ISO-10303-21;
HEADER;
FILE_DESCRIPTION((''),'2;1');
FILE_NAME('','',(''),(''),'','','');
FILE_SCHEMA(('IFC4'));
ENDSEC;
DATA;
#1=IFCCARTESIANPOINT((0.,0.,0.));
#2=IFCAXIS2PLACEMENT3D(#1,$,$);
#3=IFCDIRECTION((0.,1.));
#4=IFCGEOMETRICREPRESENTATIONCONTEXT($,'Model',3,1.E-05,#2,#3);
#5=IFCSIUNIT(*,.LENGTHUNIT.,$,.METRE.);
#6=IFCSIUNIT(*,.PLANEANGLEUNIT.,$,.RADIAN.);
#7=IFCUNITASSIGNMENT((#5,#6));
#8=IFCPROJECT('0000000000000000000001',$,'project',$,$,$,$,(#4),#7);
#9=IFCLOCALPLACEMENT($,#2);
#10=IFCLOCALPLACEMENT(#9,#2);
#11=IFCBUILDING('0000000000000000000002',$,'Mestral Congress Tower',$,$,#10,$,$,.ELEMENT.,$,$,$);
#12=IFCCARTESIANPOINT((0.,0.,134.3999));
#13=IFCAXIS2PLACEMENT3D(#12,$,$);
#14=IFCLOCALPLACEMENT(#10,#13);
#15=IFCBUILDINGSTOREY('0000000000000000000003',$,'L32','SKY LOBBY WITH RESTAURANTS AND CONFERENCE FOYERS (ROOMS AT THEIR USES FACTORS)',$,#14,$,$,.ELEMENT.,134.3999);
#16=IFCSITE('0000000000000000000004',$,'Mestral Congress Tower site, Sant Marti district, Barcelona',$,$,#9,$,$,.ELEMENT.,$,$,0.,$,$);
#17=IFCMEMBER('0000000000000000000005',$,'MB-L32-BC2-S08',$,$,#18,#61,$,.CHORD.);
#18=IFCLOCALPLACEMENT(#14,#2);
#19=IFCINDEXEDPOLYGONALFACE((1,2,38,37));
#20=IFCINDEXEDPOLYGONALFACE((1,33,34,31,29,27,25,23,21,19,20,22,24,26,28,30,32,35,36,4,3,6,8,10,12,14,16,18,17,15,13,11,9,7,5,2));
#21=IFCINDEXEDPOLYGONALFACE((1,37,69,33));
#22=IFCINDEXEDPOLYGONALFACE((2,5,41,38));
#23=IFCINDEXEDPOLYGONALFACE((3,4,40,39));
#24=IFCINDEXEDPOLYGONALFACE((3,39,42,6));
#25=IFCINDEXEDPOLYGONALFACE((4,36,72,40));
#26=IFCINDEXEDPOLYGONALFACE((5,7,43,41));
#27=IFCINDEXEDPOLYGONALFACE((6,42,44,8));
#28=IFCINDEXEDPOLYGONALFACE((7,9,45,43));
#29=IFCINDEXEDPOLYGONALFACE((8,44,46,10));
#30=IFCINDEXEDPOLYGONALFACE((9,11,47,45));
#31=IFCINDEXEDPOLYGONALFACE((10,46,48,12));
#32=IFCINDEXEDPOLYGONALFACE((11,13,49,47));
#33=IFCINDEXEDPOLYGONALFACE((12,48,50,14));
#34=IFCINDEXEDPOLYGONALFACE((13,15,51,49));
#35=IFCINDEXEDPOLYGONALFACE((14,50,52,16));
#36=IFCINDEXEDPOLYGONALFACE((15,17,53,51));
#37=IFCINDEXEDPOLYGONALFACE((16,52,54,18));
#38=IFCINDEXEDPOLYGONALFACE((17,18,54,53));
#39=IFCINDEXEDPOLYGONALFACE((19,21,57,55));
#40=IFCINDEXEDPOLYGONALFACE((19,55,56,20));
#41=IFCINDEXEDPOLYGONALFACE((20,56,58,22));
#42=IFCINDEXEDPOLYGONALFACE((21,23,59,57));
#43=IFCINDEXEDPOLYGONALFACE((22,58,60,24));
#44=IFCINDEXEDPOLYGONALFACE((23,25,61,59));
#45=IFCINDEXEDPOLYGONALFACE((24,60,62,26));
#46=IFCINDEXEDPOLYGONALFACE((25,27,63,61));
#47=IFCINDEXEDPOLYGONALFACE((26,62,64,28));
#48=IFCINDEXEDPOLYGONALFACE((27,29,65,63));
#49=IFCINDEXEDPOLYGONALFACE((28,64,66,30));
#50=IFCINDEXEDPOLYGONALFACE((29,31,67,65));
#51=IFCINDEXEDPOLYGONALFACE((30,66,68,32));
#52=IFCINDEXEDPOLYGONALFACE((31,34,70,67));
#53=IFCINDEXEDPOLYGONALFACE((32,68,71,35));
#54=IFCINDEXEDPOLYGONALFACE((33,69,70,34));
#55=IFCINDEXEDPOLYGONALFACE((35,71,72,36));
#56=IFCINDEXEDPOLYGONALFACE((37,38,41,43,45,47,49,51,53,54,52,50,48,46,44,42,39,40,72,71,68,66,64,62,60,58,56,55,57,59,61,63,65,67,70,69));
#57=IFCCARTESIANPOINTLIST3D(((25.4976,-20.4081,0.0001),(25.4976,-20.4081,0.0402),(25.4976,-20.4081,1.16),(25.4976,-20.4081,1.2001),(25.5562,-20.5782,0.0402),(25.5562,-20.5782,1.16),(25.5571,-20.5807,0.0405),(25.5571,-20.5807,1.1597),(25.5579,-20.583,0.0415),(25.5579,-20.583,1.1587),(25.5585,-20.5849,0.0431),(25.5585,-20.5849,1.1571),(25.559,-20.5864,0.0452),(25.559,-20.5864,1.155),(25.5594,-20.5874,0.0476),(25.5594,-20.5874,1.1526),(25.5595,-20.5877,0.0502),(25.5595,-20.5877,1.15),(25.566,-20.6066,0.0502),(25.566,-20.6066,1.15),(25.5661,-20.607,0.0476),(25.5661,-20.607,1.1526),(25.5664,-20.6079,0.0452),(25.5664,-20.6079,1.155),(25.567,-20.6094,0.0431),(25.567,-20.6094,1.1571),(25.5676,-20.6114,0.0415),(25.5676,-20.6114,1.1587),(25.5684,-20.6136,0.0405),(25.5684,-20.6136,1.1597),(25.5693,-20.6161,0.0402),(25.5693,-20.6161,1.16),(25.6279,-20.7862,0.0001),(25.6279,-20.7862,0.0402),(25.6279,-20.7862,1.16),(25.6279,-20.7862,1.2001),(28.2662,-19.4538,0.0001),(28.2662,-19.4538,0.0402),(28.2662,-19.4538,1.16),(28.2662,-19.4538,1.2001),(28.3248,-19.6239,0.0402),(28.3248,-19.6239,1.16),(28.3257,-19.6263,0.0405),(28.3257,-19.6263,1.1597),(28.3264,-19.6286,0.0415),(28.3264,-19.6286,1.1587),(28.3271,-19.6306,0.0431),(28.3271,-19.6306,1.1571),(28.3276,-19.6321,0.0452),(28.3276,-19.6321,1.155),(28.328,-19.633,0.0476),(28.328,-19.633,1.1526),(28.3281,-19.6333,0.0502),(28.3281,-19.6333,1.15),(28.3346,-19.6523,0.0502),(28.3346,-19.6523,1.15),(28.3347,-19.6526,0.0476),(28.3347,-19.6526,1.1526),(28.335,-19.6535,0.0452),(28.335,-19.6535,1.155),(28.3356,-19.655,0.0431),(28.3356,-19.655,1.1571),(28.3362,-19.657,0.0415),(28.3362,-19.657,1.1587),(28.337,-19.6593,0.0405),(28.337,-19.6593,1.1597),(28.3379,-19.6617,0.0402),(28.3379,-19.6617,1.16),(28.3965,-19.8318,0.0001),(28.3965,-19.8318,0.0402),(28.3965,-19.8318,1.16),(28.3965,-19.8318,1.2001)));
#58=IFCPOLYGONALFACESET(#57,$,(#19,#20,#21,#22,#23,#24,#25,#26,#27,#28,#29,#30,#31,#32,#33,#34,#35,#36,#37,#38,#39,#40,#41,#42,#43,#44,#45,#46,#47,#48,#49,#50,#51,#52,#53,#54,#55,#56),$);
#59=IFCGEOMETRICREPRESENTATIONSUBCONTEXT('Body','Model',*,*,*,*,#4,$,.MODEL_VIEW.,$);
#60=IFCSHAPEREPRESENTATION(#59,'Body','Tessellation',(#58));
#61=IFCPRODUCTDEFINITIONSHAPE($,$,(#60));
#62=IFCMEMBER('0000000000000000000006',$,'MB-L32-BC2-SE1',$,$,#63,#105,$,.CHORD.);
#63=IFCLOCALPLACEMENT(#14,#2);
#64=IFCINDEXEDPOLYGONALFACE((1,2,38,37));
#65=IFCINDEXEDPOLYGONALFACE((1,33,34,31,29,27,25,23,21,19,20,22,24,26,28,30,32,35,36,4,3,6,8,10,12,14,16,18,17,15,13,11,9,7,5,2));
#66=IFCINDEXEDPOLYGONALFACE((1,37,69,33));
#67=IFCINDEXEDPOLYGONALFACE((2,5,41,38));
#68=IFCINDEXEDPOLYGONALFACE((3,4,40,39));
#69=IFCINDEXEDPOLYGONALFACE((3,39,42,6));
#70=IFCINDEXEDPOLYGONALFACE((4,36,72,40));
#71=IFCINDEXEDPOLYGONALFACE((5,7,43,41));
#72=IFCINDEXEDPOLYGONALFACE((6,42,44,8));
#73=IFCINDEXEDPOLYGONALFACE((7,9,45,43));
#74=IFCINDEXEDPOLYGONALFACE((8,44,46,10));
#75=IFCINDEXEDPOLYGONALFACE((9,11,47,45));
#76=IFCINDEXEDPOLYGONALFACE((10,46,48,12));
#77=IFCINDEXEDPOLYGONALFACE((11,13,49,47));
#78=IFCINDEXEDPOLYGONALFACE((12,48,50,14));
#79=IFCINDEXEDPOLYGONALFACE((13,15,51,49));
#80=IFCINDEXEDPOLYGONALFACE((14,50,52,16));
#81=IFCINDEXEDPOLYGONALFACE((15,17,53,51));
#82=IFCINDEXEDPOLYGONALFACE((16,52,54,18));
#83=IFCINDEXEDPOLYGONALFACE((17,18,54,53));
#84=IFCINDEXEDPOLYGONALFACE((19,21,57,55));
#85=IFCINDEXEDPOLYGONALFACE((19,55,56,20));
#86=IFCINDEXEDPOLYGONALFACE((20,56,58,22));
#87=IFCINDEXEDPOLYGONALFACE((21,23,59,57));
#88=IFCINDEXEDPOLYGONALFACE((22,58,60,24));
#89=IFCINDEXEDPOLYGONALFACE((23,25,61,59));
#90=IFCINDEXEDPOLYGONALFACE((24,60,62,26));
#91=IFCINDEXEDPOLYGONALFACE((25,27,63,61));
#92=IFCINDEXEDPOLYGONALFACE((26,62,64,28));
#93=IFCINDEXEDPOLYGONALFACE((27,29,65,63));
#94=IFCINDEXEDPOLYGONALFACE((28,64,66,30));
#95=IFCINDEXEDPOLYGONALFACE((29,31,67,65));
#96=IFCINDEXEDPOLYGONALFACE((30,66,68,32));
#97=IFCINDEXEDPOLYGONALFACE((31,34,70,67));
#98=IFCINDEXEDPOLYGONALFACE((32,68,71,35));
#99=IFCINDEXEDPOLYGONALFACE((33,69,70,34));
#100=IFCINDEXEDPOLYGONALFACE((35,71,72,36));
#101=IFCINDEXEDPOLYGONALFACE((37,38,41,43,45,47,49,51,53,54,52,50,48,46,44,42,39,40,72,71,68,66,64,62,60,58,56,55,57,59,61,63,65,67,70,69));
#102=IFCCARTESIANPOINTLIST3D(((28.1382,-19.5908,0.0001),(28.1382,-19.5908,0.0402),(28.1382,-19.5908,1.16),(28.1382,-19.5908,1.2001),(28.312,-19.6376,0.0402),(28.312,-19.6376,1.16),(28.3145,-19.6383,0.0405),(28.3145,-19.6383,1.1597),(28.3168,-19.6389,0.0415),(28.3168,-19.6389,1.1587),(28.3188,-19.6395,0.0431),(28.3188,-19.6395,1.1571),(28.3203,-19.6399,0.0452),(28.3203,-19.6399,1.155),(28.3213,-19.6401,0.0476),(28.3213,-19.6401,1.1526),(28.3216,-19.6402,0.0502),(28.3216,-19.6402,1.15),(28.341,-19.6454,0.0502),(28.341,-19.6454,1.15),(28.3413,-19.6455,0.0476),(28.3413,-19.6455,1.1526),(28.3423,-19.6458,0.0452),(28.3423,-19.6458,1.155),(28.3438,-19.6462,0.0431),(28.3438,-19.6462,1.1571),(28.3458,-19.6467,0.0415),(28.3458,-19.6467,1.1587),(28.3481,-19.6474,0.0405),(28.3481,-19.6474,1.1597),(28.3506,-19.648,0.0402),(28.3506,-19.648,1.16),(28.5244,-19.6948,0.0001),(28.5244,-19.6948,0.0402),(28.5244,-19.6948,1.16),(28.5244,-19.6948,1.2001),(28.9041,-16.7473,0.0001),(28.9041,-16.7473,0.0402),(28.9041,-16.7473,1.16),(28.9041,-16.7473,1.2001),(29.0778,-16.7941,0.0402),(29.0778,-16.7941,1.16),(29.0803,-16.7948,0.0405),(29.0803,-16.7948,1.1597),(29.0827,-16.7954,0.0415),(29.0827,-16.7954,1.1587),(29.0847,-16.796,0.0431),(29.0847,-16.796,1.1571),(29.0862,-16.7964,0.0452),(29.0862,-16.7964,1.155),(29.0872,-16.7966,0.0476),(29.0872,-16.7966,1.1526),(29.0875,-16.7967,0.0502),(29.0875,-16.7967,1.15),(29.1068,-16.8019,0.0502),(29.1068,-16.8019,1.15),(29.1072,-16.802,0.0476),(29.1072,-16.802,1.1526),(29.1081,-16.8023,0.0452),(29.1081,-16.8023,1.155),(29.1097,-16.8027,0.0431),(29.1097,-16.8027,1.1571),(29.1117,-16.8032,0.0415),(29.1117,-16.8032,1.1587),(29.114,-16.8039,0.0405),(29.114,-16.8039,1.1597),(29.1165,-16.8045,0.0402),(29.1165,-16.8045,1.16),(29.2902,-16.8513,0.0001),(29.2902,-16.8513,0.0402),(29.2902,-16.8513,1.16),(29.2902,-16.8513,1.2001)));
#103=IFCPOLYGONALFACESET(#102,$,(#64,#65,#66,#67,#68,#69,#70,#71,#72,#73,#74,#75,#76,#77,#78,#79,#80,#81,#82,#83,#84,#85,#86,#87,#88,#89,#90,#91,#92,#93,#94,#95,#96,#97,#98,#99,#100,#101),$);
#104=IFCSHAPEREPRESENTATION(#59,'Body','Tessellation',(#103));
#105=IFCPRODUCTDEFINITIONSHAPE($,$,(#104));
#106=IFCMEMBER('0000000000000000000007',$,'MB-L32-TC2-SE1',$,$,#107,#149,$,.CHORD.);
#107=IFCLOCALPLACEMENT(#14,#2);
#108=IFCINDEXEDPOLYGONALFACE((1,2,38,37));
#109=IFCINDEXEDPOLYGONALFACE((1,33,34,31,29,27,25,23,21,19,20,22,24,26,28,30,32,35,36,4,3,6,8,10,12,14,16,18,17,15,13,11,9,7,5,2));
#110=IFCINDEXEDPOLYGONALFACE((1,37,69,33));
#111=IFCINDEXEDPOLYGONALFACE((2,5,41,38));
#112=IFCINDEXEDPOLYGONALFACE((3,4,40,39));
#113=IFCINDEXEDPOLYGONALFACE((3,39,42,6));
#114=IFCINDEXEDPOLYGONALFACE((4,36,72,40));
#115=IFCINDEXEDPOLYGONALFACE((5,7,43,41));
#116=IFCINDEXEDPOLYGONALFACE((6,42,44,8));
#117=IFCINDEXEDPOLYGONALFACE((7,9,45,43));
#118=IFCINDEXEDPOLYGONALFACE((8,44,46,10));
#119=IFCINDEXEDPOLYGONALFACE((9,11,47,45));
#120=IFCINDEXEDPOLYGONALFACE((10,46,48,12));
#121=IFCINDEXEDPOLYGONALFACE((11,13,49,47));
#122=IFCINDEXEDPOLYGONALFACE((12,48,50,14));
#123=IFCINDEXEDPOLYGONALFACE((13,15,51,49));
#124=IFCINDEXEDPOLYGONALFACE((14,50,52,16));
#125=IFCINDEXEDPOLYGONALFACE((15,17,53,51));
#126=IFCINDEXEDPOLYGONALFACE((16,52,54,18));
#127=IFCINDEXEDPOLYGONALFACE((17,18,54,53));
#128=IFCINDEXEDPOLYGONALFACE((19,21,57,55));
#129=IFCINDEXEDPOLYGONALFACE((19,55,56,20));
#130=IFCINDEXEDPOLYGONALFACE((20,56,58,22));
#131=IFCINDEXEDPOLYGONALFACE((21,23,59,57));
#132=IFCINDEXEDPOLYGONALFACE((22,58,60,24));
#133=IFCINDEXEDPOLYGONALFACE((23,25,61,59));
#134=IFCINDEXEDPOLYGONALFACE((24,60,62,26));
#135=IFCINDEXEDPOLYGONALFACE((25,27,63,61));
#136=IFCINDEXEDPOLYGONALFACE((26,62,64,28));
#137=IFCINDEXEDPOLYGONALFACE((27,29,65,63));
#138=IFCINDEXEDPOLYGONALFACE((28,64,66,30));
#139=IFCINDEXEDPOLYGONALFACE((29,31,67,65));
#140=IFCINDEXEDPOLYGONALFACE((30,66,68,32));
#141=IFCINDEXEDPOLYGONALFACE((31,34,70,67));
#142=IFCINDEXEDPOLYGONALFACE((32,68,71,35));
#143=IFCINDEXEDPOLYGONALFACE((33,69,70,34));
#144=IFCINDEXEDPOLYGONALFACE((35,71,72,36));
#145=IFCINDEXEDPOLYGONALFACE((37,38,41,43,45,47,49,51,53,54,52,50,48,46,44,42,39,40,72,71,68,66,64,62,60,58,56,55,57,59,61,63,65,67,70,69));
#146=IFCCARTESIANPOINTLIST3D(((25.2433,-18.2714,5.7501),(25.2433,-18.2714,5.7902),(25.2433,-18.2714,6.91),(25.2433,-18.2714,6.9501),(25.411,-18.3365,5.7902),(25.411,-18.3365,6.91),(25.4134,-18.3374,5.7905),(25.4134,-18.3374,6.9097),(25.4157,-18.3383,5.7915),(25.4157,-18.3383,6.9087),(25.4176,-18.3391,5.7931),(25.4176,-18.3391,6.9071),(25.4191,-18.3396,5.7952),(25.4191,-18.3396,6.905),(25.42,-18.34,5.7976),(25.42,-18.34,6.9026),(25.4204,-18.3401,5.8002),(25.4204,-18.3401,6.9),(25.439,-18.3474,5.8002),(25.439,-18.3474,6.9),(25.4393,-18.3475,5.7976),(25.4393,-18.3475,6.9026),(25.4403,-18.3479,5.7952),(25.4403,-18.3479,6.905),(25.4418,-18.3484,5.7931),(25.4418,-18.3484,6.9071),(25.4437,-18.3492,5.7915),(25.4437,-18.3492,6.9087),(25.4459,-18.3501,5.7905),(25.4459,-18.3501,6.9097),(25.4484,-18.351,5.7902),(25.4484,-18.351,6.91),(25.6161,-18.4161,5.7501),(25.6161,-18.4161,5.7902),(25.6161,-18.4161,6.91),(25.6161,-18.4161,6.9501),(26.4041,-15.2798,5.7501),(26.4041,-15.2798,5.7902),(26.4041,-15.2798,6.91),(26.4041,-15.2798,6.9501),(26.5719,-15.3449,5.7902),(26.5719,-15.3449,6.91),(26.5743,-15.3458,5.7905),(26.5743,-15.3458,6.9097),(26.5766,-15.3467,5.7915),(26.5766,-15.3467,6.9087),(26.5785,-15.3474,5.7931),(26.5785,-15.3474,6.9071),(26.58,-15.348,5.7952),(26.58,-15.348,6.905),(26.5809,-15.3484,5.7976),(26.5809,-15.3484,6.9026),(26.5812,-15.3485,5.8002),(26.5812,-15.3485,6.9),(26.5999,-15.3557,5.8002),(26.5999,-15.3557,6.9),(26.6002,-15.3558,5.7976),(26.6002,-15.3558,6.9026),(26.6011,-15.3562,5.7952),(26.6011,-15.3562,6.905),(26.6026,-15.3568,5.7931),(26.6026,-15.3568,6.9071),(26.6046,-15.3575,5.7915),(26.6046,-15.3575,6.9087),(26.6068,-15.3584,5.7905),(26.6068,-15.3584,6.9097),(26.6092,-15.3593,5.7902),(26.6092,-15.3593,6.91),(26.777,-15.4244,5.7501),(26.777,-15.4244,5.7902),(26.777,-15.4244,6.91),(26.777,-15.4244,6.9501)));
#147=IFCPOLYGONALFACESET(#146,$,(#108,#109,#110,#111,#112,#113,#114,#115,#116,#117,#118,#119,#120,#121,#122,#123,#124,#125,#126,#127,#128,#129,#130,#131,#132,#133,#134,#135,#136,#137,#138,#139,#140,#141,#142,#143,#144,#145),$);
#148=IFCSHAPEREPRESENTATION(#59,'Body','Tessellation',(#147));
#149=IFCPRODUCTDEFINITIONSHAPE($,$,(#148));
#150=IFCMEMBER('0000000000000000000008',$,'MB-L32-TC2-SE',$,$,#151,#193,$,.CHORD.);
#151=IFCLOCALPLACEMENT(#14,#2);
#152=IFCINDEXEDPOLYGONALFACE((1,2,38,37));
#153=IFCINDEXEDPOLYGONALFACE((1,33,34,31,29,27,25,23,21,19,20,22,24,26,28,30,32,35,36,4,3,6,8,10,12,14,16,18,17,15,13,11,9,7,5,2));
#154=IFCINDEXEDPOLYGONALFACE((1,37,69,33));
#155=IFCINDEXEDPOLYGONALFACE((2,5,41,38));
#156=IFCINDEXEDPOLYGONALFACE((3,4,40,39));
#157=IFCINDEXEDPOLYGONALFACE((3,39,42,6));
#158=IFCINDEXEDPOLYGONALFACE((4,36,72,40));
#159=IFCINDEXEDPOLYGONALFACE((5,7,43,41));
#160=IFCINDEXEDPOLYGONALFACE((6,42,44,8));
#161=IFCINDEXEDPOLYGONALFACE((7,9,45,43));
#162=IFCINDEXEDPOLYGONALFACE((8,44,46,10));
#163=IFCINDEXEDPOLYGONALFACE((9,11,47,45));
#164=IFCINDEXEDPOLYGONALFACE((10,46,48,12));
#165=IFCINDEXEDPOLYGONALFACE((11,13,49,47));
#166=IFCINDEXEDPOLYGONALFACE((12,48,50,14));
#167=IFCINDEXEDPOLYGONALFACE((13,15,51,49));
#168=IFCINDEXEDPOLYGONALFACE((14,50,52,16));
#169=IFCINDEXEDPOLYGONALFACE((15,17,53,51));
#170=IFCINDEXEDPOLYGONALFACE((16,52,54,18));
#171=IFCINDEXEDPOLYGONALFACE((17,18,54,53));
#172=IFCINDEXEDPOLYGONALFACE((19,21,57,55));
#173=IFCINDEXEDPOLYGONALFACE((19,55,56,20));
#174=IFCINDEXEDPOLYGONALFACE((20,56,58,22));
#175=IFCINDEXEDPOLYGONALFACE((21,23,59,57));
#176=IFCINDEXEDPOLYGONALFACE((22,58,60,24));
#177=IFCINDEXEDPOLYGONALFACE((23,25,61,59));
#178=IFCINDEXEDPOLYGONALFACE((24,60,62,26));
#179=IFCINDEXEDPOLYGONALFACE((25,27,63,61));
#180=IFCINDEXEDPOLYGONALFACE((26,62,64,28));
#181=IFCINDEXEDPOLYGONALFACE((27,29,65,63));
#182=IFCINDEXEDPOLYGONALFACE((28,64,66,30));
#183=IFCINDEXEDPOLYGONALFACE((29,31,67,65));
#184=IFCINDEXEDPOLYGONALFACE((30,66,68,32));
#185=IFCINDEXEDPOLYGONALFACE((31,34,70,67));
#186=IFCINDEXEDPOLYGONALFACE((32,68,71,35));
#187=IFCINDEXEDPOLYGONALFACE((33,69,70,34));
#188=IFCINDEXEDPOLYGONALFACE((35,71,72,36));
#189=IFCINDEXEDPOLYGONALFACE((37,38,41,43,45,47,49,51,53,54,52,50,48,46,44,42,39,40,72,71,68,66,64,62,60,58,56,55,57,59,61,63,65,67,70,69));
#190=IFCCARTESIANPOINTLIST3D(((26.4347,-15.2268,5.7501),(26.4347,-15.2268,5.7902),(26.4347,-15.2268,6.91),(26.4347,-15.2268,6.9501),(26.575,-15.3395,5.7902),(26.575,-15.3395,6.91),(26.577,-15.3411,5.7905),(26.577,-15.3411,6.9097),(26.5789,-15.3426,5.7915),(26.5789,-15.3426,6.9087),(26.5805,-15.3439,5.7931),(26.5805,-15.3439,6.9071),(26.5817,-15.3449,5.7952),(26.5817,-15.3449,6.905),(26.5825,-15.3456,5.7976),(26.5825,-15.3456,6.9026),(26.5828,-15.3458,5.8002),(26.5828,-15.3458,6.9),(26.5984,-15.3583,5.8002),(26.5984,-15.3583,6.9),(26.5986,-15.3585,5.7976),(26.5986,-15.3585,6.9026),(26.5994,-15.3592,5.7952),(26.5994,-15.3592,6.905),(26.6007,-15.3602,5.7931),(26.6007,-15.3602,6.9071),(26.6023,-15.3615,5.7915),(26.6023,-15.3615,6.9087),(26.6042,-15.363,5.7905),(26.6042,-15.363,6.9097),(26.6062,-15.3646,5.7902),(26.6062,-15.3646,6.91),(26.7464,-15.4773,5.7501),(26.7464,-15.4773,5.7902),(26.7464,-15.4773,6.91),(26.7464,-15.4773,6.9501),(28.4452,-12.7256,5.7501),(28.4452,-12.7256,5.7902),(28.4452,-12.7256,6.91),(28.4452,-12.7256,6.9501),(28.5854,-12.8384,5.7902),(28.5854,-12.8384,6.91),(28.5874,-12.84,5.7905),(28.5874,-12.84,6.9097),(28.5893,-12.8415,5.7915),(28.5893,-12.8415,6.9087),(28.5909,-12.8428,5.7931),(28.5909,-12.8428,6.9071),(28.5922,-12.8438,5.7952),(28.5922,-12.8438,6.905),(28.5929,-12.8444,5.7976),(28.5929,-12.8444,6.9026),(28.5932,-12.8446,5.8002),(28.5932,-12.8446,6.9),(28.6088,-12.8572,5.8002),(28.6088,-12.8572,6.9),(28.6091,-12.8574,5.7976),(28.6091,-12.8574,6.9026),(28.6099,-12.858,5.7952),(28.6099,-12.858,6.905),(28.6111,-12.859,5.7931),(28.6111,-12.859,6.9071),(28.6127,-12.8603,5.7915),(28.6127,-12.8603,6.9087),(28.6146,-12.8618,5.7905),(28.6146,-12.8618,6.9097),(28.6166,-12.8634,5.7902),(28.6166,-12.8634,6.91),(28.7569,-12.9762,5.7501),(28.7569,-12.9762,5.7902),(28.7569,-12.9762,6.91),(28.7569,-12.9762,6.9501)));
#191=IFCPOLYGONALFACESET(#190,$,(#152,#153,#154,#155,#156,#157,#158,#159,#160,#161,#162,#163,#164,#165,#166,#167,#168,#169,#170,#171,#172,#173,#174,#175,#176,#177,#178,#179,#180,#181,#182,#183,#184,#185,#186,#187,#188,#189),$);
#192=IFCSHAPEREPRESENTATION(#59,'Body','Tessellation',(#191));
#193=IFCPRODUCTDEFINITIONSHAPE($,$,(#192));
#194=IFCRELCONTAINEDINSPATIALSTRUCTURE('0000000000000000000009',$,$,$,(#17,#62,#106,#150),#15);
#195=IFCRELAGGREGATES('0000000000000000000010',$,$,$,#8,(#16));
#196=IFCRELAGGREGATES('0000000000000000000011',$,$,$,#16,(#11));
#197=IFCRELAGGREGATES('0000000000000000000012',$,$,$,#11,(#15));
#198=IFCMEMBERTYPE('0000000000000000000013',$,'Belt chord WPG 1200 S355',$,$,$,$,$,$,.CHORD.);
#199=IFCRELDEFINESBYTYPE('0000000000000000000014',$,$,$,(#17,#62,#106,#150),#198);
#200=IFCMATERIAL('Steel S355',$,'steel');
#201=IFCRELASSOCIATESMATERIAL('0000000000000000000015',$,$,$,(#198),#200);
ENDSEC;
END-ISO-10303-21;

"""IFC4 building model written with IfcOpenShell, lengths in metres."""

from ifc_helpers import new_model, si_unit, direction, frame, origin, origin_2d, place, context, subcontext, project, spatial, i_section, extrude, material, material_profile, profile_set, type_object, element, save


model = new_model("IFC4")

# Units and contexts
model_context = context("Model", 3, precision=1e-05, world=origin(), true_north=direction((0.0, 1.0)))
body_context = subcontext(model_context, "Body", "Model", "MODEL_VIEW")
ifc_project = project(units=[si_unit("LENGTHUNIT", "METRE"), si_unit("PLANEANGLEUNIT", "RADIAN")], contexts=[model_context])

# Site, building, storey
site_placement = place(None, origin())
site = spatial("IfcSite", under=ifc_project, at=site_placement, Name="Mestral Congress Tower site, Sant Marti district, Barcelona", CompositionType="ELEMENT", RefElevation=0.0)
building_placement = place(site_placement, origin())
building = spatial("IfcBuilding", under=site, at=building_placement, Name="Mestral Congress Tower", CompositionType="ELEMENT")
storey_placement = place(building_placement, frame((0.0, 0.0, 134.3999)))
storey = spatial("IfcBuildingStorey", under=building, at=storey_placement, Name="L32", Description="SKY LOBBY WITH RESTAURANTS AND CONFERENCE FOYERS (ROOMS AT THEIR USES FACTORS)", CompositionType="ELEMENT", Elevation=134.3999)

# Members
ifc_material_1 = material(Name="Steel S355", Category="steel")
ifc_material_profile_1 = material_profile(ifc_material_1, i_section(OverallWidth=0.3999, OverallDepth=1.2, WebThickness=0.02, FlangeThickness=0.04, FilletRadius=0.01, at=origin_2d()), Name="WPG 1200")
ifc_profile_set_1 = profile_set([ifc_material_profile_1], Name="Steel S355")
member_type_1 = type_object("IfcMemberType", Name="Belt chord WPG 1200 S355", PredefinedType="CHORD", material=ifc_profile_set_1)
member_1_placement = place(storey_placement, frame((25.5627, -20.5972, 0.6001), z_axis=(0.945408, 0.32589, 0.0), x_axis=(-0.32589, 0.945408, 0.0)))
element("IfcMember", 1, at=member_1_placement, inside=storey, type_object=member_type_1, Name="MB-L32-BC2-S08", PredefinedType="CHORD", context=body_context, shape_type="SweptSolid", body=[
    extrude(i_section(OverallWidth=0.3999, OverallDepth=1.2, WebThickness=0.02, FlangeThickness=0.04, FilletRadius=0.01, at=origin_2d()), origin(), (0.0, 0.0, 1.0), 2.9285),
])
member_2_placement = place(storey_placement, frame((28.3313, -19.6428, 0.6001), z_axis=(0.260072, 0.965589, 0.0), x_axis=(-0.965589, 0.260072, 0.0)))
element("IfcMember", 2, at=member_2_placement, inside=storey, type_object=member_type_1, Name="MB-L32-BC2-SE1", PredefinedType="CHORD", context=body_context, shape_type="SweptSolid", body=[
    extrude(i_section(OverallWidth=0.3999, OverallDepth=1.2, WebThickness=0.02, FlangeThickness=0.04, FilletRadius=0.01, at=origin_2d()), origin(), (0.0, 0.0, 1.0), 2.9448),
])
for number, where, z_axis, x_axis, name in (
    (3, (25.4297, -18.3438, 6.3501), (0.361756, 0.932273, 0.0), (-0.932273, 0.361756, 0.0), "MB-L32-TC2-SE1"),
    (4, (26.5906, -15.3521, 6.3501), (0.626503, 0.779419, 0.0), (-0.779419, 0.626503, 0.0), "MB-L32-TC2-SE"),
):
    element("IfcMember", number, at=place(storey_placement, frame(where, z_axis=z_axis, x_axis=x_axis)), inside=storey, type_object=member_type_1, Name=name, PredefinedType="CHORD", context=body_context, shape_type="SweptSolid", body=[
        extrude(i_section(OverallWidth=0.3999, OverallDepth=1.2, WebThickness=0.02, FlangeThickness=0.04, FilletRadius=0.01, at=origin_2d()), origin(), (0.0, 0.0, 1.0), 3.209),
    ])

save(model, "model.ifc")
